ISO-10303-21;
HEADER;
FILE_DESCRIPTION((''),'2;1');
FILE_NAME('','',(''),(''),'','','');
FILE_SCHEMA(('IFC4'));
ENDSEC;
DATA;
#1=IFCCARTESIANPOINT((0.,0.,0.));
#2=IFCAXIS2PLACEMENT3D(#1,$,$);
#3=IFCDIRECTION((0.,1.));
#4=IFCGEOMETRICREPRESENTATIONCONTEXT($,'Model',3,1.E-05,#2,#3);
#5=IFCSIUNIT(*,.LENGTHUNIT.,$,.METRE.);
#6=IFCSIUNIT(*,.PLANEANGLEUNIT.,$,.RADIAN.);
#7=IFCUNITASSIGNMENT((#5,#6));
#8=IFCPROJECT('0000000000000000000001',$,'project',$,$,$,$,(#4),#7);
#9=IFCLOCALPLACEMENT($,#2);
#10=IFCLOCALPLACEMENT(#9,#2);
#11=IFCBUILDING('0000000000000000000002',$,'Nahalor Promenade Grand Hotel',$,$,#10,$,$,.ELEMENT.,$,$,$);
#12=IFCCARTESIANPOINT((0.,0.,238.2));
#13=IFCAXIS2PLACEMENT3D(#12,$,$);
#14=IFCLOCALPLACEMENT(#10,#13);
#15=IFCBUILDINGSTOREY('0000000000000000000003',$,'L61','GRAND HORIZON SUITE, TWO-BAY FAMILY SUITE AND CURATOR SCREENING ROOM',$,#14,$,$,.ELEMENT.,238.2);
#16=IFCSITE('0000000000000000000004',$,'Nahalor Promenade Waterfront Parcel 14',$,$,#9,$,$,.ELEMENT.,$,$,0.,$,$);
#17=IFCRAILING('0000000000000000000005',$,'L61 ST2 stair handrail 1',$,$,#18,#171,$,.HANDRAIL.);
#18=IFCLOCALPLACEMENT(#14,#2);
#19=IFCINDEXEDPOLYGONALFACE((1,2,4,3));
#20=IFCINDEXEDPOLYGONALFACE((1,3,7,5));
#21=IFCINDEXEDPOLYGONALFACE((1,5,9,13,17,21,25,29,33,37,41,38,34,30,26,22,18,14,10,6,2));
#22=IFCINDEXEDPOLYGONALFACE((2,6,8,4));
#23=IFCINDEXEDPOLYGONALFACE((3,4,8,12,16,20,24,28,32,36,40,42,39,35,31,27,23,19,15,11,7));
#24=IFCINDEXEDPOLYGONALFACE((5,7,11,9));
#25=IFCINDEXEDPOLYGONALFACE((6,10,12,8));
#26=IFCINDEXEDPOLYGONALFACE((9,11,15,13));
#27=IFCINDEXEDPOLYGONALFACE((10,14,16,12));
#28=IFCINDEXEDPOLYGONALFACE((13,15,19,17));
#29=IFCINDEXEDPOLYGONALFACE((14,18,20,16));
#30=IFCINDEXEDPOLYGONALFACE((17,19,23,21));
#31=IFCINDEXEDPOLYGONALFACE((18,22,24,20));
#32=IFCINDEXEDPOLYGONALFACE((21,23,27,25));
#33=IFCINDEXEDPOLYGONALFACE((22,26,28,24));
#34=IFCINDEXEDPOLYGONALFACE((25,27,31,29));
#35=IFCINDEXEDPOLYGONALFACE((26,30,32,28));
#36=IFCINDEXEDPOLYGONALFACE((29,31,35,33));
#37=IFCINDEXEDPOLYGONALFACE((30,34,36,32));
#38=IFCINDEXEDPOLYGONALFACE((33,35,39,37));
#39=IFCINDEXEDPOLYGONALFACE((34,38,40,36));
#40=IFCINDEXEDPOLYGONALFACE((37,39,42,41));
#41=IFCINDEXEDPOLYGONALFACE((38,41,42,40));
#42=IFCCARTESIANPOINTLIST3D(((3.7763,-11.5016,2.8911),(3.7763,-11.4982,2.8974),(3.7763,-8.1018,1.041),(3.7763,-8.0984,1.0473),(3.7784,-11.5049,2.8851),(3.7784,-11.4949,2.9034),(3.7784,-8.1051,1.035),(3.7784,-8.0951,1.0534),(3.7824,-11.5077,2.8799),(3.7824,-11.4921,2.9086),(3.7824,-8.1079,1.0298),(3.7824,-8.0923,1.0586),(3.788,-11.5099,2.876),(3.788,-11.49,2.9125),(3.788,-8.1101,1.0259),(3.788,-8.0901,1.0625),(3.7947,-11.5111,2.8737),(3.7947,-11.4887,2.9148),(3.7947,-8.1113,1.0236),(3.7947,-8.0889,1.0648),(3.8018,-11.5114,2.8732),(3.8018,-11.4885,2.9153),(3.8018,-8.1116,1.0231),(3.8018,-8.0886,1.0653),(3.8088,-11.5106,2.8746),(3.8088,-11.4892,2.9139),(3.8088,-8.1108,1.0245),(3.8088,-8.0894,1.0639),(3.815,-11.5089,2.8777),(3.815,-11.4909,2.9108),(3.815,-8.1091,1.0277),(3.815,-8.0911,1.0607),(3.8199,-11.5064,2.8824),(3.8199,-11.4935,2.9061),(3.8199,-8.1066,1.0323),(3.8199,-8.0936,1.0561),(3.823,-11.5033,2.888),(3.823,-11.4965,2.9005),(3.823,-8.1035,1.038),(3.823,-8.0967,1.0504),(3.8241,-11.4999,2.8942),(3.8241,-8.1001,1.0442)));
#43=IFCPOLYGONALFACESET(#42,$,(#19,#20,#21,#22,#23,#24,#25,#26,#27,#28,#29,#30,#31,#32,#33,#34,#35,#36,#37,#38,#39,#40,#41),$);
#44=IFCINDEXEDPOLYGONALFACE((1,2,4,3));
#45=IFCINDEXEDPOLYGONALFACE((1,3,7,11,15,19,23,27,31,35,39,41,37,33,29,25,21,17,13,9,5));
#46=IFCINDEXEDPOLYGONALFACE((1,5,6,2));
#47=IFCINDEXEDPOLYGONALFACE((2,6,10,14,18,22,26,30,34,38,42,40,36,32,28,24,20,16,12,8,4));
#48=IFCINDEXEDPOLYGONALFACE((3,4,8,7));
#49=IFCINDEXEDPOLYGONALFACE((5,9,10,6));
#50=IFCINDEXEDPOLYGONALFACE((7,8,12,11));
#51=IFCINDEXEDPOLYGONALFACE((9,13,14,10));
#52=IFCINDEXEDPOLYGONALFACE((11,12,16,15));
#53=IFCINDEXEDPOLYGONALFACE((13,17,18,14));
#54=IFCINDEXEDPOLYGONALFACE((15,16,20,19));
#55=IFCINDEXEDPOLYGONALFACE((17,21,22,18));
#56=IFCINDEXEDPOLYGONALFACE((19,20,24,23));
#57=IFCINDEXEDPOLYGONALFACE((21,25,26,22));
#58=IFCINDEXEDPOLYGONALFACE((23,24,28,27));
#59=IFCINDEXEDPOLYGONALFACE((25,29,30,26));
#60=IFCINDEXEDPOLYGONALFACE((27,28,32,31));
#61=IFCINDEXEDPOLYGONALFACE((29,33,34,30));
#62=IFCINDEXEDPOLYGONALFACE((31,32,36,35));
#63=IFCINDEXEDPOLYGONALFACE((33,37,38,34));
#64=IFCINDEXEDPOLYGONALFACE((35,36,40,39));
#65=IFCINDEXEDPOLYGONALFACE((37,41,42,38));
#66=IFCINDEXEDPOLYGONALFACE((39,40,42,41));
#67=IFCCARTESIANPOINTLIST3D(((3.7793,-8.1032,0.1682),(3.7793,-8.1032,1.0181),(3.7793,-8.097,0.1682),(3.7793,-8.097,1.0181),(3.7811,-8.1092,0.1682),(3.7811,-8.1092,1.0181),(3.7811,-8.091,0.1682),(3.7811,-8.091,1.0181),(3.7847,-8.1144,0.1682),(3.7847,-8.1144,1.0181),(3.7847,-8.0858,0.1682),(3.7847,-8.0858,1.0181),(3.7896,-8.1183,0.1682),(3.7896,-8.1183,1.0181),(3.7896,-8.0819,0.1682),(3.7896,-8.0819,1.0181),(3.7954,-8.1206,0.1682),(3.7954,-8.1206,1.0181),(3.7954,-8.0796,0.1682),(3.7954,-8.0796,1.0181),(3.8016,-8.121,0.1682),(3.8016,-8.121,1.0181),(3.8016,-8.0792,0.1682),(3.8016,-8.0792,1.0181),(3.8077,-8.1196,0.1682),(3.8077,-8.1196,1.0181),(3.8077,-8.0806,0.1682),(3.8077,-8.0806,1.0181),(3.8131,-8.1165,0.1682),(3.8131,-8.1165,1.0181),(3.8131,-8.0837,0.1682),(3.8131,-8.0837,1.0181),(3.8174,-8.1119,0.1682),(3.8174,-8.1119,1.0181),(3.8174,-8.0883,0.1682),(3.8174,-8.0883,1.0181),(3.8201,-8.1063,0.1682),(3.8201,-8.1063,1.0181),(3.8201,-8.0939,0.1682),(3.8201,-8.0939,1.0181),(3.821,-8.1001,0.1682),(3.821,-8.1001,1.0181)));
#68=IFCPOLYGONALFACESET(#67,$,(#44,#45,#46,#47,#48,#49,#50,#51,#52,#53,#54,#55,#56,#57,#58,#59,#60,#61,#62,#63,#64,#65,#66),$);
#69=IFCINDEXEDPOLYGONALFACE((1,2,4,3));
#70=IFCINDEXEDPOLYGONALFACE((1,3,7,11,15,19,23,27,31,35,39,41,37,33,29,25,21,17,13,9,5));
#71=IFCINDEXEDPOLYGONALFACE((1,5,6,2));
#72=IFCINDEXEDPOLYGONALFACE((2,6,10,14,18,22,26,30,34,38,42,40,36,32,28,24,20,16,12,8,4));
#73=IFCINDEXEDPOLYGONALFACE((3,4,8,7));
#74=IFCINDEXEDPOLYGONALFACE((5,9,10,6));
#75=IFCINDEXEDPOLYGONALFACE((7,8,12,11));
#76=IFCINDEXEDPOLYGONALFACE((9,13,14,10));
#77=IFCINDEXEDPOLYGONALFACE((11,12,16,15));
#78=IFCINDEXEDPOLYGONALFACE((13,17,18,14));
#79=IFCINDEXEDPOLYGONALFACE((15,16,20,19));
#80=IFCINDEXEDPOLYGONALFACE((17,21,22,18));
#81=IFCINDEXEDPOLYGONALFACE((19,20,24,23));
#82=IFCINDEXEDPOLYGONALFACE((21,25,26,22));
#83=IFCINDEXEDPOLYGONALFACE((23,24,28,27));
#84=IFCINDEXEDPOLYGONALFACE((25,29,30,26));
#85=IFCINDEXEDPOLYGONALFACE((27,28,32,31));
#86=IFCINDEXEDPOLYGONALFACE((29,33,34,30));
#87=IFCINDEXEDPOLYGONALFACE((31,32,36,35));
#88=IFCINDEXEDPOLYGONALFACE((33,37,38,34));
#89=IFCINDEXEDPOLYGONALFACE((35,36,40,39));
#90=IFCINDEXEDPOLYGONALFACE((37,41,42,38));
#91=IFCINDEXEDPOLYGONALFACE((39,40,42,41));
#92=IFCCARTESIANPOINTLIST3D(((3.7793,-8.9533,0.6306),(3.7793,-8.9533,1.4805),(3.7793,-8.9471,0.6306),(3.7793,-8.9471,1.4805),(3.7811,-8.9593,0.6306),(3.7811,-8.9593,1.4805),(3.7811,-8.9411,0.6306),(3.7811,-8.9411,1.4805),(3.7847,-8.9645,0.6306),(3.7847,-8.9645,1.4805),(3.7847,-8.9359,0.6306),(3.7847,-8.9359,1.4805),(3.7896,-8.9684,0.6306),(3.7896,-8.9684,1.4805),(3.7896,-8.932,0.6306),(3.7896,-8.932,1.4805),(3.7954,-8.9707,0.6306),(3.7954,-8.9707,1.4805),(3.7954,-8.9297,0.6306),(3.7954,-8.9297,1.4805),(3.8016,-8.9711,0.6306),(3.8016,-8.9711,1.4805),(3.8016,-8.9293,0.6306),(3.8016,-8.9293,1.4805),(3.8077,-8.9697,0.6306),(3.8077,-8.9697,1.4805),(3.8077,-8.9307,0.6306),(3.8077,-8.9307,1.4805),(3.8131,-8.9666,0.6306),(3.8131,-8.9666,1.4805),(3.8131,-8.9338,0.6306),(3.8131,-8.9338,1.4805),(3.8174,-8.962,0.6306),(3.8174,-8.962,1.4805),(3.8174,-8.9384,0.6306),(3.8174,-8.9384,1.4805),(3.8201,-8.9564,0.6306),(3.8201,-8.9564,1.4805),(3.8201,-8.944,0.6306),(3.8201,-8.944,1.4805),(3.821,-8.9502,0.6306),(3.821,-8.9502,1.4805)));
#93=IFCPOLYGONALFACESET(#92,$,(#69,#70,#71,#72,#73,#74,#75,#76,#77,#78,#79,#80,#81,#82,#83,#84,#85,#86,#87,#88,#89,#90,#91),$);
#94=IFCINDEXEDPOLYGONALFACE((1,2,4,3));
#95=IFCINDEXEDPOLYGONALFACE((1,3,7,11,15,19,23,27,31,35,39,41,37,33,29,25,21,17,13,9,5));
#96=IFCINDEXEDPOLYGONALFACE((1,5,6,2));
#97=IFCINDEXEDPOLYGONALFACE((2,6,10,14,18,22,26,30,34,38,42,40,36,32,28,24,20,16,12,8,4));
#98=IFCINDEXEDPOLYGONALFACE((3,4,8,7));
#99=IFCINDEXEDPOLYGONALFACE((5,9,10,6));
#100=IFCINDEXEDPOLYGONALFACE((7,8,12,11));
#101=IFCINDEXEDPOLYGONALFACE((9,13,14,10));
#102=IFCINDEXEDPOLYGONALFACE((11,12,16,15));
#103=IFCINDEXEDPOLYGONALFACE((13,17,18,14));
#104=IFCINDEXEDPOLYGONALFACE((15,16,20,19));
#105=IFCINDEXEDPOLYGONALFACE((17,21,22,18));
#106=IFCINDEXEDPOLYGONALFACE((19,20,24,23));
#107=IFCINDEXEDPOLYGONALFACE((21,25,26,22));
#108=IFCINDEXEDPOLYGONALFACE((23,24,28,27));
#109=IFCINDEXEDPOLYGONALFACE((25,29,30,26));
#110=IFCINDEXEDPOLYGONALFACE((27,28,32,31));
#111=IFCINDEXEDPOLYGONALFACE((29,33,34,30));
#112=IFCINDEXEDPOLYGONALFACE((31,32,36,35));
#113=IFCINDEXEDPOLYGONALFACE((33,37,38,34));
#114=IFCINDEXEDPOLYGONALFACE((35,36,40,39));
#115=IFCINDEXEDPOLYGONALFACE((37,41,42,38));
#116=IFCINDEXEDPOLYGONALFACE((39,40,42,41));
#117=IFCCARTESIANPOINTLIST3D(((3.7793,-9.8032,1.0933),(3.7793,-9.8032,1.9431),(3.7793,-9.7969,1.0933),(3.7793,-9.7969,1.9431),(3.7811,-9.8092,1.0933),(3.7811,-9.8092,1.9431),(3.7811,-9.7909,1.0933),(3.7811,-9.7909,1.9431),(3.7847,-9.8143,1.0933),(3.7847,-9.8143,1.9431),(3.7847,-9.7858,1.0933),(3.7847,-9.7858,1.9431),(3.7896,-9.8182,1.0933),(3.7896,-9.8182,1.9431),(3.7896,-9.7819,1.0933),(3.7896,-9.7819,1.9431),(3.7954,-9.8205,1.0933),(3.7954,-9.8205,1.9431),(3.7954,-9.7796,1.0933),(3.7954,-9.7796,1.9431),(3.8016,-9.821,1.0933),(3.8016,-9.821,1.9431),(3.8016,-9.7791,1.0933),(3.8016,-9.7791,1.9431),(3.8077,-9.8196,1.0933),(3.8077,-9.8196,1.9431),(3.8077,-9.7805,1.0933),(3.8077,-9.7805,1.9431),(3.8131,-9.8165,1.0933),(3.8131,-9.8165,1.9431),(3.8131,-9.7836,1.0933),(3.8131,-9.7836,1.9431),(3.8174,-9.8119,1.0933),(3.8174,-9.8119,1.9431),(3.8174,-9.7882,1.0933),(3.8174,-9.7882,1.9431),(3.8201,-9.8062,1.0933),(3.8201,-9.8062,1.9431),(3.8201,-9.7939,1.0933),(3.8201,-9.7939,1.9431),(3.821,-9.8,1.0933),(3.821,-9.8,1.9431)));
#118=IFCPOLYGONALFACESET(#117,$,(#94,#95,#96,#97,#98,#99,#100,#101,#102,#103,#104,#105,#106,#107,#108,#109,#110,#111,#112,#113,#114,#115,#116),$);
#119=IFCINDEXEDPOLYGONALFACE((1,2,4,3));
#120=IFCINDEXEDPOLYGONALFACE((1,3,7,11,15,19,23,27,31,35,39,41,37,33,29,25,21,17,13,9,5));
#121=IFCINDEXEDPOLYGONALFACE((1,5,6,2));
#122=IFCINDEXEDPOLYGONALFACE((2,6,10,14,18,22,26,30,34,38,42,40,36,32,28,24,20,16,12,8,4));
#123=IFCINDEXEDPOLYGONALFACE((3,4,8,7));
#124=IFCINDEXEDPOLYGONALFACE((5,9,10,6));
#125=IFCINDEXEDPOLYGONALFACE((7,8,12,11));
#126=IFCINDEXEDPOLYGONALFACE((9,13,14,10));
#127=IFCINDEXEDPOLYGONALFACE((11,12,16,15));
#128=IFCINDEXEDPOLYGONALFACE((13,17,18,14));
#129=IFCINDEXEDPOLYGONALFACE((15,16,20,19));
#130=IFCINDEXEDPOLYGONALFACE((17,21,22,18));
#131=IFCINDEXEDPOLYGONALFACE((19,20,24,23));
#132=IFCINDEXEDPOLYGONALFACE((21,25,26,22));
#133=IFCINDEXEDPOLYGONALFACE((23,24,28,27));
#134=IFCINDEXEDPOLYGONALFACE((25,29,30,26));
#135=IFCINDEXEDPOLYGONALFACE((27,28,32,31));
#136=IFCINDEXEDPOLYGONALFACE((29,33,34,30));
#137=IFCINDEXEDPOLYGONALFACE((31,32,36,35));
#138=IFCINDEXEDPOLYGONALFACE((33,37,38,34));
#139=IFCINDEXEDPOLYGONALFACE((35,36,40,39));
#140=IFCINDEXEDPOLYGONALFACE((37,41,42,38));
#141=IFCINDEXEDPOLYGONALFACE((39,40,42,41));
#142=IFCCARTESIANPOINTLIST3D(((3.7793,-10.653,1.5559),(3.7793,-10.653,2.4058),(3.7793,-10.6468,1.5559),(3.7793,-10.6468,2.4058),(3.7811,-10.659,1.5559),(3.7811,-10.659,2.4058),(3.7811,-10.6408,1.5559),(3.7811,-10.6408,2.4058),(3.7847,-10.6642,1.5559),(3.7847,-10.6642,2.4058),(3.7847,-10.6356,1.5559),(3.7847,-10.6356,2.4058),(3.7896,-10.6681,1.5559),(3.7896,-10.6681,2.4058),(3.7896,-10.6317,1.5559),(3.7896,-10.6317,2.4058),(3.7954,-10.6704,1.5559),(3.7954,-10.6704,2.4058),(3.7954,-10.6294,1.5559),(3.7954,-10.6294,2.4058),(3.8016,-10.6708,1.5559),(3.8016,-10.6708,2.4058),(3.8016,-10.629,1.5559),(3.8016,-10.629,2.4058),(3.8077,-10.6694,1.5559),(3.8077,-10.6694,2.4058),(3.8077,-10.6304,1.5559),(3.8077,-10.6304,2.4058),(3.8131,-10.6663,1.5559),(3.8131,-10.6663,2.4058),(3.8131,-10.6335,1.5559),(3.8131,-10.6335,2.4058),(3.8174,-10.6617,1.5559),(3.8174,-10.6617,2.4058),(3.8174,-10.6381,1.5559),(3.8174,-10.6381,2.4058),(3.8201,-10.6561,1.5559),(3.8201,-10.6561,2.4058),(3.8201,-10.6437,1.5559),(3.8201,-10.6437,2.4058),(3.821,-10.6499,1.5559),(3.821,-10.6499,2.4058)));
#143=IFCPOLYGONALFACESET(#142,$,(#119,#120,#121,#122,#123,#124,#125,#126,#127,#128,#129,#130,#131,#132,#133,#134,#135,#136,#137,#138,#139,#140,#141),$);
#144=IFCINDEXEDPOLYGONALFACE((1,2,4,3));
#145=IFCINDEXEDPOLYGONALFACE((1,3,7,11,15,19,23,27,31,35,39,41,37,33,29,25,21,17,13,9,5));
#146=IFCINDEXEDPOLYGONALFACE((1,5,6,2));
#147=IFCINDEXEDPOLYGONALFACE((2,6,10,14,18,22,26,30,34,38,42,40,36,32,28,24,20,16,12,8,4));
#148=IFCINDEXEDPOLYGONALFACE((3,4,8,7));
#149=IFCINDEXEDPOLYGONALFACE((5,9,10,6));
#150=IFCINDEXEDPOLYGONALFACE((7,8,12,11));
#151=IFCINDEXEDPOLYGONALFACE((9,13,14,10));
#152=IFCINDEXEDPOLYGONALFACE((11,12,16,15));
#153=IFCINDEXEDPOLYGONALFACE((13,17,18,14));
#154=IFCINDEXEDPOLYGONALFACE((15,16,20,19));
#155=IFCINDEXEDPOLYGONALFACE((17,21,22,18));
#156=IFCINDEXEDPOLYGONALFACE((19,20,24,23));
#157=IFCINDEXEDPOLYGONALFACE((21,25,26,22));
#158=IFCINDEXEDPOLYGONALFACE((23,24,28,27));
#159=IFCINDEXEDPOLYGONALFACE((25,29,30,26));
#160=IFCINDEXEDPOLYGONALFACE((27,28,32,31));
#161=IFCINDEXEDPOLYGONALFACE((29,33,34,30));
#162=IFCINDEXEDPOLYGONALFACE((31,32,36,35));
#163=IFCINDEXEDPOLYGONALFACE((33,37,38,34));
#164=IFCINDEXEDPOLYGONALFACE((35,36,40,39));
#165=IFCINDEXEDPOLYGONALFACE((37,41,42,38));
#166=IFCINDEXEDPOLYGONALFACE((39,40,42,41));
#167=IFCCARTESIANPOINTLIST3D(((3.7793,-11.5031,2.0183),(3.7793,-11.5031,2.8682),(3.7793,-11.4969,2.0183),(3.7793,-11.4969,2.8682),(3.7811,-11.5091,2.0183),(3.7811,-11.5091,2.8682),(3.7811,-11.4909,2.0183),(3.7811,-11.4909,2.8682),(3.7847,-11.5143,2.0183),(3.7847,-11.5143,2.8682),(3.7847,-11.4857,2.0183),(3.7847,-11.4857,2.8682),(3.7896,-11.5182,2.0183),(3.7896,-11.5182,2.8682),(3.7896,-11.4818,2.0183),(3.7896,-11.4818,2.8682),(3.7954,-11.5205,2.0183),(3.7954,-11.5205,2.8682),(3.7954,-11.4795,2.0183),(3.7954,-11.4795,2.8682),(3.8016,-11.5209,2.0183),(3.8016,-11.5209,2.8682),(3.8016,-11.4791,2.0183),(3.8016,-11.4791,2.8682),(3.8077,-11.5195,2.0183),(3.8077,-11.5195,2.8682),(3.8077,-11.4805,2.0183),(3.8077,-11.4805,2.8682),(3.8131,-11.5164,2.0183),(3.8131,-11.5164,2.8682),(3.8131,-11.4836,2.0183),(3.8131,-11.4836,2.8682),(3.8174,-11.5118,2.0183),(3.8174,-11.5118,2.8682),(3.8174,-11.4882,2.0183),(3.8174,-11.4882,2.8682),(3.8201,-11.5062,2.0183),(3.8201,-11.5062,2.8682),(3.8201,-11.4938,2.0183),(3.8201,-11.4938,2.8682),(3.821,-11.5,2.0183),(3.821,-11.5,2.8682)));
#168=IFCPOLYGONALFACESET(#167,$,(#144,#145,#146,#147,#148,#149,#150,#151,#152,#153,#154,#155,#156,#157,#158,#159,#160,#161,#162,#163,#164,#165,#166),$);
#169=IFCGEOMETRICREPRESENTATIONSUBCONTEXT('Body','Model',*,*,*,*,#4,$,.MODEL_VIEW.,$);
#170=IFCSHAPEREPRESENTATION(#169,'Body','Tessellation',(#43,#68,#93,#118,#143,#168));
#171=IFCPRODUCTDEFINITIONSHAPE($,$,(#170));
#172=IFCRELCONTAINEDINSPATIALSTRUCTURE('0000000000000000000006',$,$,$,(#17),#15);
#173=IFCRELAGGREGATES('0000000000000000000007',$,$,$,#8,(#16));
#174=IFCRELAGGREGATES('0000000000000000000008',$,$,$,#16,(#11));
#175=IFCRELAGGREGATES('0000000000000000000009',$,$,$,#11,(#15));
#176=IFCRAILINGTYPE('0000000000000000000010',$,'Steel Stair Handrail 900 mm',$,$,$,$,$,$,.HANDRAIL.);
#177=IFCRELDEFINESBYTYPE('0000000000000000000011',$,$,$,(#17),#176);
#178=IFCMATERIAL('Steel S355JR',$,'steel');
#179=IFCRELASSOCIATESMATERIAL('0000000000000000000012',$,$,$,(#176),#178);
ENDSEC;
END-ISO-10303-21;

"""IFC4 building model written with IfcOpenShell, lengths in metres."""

from ifc_helpers import new_model, si_unit, direction, frame, origin, origin_2d, place, context, subcontext, project, spatial, circle, extrude, material, type_object, element, save


model = new_model("IFC4")

# Units and contexts
model_context = context("Model", 3, precision=1e-05, world=origin(), true_north=direction((0.0, 1.0)))
body_context = subcontext(model_context, "Body", "Model", "MODEL_VIEW")
ifc_project = project(units=[si_unit("LENGTHUNIT", "METRE"), si_unit("PLANEANGLEUNIT", "RADIAN")], contexts=[model_context])

# Site, building, storey
site_placement = place(None, origin())
site = spatial("IfcSite", under=ifc_project, at=site_placement, Name="Nahalor Promenade Waterfront Parcel 14", CompositionType="ELEMENT", RefElevation=0.0)
building_placement = place(site_placement, origin())
building = spatial("IfcBuilding", under=site, at=building_placement, Name="Nahalor Promenade Grand Hotel", CompositionType="ELEMENT")
storey_placement = place(building_placement, frame((0.0, 0.0, 238.2)))
storey = spatial("IfcBuildingStorey", under=building, at=storey_placement, Name="L61", Description="GRAND HORIZON SUITE, TWO-BAY FAMILY SUITE AND CURATOR SCREENING ROOM", CompositionType="ELEMENT", Elevation=238.2)

# Shared definitions
ifc_material_1 = material(Name="Steel S355JR", Category="steel")

# Railing
railing_type_1 = type_object("IfcRailingType", Name="Steel Stair Handrail 900 mm", PredefinedType="HANDRAIL", material=ifc_material_1)
railing_1_placement = place(storey_placement, frame((3.8, -8.1001, 0.1682)))
element("IfcRailing", 1, at=railing_1_placement, inside=storey, type_object=railing_type_1, Name="L61 ST2 stair handrail 1", PredefinedType="HANDRAIL", context=body_context, shape_type="SweptSolid", body=[
    extrude(circle(Radius=0.024, at=origin_2d()), frame((0.0, 0.0, 0.876), z_axis=(0.0, -0.878372, 0.477977), x_axis=(1.0, 0.0, 0.0)), (0.0, 0.0, 1.0), 3.8706),
    extrude(circle(Radius=0.021, at=origin_2d()), origin(), (0.0, 0.0, 1.0), 0.8499),
    extrude(circle(Radius=0.021, at=origin_2d()), frame((0.0, -0.8501, 0.4624)), (0.0, 0.0, 1.0), 0.8499),
    extrude(circle(Radius=0.021, at=origin_2d()), frame((0.0, -1.7, 0.925)), (0.0, 0.0, 1.0), 0.8499),
    extrude(circle(Radius=0.021, at=origin_2d()), frame((0.0, -2.5498, 1.3877)), (0.0, 0.0, 1.0), 0.8499),
    extrude(circle(Radius=0.021, at=origin_2d()), frame((0.0, -3.3999, 1.8501)), (0.0, 0.0, 1.0), 0.8499),
])

save(model, "model.ifc")
